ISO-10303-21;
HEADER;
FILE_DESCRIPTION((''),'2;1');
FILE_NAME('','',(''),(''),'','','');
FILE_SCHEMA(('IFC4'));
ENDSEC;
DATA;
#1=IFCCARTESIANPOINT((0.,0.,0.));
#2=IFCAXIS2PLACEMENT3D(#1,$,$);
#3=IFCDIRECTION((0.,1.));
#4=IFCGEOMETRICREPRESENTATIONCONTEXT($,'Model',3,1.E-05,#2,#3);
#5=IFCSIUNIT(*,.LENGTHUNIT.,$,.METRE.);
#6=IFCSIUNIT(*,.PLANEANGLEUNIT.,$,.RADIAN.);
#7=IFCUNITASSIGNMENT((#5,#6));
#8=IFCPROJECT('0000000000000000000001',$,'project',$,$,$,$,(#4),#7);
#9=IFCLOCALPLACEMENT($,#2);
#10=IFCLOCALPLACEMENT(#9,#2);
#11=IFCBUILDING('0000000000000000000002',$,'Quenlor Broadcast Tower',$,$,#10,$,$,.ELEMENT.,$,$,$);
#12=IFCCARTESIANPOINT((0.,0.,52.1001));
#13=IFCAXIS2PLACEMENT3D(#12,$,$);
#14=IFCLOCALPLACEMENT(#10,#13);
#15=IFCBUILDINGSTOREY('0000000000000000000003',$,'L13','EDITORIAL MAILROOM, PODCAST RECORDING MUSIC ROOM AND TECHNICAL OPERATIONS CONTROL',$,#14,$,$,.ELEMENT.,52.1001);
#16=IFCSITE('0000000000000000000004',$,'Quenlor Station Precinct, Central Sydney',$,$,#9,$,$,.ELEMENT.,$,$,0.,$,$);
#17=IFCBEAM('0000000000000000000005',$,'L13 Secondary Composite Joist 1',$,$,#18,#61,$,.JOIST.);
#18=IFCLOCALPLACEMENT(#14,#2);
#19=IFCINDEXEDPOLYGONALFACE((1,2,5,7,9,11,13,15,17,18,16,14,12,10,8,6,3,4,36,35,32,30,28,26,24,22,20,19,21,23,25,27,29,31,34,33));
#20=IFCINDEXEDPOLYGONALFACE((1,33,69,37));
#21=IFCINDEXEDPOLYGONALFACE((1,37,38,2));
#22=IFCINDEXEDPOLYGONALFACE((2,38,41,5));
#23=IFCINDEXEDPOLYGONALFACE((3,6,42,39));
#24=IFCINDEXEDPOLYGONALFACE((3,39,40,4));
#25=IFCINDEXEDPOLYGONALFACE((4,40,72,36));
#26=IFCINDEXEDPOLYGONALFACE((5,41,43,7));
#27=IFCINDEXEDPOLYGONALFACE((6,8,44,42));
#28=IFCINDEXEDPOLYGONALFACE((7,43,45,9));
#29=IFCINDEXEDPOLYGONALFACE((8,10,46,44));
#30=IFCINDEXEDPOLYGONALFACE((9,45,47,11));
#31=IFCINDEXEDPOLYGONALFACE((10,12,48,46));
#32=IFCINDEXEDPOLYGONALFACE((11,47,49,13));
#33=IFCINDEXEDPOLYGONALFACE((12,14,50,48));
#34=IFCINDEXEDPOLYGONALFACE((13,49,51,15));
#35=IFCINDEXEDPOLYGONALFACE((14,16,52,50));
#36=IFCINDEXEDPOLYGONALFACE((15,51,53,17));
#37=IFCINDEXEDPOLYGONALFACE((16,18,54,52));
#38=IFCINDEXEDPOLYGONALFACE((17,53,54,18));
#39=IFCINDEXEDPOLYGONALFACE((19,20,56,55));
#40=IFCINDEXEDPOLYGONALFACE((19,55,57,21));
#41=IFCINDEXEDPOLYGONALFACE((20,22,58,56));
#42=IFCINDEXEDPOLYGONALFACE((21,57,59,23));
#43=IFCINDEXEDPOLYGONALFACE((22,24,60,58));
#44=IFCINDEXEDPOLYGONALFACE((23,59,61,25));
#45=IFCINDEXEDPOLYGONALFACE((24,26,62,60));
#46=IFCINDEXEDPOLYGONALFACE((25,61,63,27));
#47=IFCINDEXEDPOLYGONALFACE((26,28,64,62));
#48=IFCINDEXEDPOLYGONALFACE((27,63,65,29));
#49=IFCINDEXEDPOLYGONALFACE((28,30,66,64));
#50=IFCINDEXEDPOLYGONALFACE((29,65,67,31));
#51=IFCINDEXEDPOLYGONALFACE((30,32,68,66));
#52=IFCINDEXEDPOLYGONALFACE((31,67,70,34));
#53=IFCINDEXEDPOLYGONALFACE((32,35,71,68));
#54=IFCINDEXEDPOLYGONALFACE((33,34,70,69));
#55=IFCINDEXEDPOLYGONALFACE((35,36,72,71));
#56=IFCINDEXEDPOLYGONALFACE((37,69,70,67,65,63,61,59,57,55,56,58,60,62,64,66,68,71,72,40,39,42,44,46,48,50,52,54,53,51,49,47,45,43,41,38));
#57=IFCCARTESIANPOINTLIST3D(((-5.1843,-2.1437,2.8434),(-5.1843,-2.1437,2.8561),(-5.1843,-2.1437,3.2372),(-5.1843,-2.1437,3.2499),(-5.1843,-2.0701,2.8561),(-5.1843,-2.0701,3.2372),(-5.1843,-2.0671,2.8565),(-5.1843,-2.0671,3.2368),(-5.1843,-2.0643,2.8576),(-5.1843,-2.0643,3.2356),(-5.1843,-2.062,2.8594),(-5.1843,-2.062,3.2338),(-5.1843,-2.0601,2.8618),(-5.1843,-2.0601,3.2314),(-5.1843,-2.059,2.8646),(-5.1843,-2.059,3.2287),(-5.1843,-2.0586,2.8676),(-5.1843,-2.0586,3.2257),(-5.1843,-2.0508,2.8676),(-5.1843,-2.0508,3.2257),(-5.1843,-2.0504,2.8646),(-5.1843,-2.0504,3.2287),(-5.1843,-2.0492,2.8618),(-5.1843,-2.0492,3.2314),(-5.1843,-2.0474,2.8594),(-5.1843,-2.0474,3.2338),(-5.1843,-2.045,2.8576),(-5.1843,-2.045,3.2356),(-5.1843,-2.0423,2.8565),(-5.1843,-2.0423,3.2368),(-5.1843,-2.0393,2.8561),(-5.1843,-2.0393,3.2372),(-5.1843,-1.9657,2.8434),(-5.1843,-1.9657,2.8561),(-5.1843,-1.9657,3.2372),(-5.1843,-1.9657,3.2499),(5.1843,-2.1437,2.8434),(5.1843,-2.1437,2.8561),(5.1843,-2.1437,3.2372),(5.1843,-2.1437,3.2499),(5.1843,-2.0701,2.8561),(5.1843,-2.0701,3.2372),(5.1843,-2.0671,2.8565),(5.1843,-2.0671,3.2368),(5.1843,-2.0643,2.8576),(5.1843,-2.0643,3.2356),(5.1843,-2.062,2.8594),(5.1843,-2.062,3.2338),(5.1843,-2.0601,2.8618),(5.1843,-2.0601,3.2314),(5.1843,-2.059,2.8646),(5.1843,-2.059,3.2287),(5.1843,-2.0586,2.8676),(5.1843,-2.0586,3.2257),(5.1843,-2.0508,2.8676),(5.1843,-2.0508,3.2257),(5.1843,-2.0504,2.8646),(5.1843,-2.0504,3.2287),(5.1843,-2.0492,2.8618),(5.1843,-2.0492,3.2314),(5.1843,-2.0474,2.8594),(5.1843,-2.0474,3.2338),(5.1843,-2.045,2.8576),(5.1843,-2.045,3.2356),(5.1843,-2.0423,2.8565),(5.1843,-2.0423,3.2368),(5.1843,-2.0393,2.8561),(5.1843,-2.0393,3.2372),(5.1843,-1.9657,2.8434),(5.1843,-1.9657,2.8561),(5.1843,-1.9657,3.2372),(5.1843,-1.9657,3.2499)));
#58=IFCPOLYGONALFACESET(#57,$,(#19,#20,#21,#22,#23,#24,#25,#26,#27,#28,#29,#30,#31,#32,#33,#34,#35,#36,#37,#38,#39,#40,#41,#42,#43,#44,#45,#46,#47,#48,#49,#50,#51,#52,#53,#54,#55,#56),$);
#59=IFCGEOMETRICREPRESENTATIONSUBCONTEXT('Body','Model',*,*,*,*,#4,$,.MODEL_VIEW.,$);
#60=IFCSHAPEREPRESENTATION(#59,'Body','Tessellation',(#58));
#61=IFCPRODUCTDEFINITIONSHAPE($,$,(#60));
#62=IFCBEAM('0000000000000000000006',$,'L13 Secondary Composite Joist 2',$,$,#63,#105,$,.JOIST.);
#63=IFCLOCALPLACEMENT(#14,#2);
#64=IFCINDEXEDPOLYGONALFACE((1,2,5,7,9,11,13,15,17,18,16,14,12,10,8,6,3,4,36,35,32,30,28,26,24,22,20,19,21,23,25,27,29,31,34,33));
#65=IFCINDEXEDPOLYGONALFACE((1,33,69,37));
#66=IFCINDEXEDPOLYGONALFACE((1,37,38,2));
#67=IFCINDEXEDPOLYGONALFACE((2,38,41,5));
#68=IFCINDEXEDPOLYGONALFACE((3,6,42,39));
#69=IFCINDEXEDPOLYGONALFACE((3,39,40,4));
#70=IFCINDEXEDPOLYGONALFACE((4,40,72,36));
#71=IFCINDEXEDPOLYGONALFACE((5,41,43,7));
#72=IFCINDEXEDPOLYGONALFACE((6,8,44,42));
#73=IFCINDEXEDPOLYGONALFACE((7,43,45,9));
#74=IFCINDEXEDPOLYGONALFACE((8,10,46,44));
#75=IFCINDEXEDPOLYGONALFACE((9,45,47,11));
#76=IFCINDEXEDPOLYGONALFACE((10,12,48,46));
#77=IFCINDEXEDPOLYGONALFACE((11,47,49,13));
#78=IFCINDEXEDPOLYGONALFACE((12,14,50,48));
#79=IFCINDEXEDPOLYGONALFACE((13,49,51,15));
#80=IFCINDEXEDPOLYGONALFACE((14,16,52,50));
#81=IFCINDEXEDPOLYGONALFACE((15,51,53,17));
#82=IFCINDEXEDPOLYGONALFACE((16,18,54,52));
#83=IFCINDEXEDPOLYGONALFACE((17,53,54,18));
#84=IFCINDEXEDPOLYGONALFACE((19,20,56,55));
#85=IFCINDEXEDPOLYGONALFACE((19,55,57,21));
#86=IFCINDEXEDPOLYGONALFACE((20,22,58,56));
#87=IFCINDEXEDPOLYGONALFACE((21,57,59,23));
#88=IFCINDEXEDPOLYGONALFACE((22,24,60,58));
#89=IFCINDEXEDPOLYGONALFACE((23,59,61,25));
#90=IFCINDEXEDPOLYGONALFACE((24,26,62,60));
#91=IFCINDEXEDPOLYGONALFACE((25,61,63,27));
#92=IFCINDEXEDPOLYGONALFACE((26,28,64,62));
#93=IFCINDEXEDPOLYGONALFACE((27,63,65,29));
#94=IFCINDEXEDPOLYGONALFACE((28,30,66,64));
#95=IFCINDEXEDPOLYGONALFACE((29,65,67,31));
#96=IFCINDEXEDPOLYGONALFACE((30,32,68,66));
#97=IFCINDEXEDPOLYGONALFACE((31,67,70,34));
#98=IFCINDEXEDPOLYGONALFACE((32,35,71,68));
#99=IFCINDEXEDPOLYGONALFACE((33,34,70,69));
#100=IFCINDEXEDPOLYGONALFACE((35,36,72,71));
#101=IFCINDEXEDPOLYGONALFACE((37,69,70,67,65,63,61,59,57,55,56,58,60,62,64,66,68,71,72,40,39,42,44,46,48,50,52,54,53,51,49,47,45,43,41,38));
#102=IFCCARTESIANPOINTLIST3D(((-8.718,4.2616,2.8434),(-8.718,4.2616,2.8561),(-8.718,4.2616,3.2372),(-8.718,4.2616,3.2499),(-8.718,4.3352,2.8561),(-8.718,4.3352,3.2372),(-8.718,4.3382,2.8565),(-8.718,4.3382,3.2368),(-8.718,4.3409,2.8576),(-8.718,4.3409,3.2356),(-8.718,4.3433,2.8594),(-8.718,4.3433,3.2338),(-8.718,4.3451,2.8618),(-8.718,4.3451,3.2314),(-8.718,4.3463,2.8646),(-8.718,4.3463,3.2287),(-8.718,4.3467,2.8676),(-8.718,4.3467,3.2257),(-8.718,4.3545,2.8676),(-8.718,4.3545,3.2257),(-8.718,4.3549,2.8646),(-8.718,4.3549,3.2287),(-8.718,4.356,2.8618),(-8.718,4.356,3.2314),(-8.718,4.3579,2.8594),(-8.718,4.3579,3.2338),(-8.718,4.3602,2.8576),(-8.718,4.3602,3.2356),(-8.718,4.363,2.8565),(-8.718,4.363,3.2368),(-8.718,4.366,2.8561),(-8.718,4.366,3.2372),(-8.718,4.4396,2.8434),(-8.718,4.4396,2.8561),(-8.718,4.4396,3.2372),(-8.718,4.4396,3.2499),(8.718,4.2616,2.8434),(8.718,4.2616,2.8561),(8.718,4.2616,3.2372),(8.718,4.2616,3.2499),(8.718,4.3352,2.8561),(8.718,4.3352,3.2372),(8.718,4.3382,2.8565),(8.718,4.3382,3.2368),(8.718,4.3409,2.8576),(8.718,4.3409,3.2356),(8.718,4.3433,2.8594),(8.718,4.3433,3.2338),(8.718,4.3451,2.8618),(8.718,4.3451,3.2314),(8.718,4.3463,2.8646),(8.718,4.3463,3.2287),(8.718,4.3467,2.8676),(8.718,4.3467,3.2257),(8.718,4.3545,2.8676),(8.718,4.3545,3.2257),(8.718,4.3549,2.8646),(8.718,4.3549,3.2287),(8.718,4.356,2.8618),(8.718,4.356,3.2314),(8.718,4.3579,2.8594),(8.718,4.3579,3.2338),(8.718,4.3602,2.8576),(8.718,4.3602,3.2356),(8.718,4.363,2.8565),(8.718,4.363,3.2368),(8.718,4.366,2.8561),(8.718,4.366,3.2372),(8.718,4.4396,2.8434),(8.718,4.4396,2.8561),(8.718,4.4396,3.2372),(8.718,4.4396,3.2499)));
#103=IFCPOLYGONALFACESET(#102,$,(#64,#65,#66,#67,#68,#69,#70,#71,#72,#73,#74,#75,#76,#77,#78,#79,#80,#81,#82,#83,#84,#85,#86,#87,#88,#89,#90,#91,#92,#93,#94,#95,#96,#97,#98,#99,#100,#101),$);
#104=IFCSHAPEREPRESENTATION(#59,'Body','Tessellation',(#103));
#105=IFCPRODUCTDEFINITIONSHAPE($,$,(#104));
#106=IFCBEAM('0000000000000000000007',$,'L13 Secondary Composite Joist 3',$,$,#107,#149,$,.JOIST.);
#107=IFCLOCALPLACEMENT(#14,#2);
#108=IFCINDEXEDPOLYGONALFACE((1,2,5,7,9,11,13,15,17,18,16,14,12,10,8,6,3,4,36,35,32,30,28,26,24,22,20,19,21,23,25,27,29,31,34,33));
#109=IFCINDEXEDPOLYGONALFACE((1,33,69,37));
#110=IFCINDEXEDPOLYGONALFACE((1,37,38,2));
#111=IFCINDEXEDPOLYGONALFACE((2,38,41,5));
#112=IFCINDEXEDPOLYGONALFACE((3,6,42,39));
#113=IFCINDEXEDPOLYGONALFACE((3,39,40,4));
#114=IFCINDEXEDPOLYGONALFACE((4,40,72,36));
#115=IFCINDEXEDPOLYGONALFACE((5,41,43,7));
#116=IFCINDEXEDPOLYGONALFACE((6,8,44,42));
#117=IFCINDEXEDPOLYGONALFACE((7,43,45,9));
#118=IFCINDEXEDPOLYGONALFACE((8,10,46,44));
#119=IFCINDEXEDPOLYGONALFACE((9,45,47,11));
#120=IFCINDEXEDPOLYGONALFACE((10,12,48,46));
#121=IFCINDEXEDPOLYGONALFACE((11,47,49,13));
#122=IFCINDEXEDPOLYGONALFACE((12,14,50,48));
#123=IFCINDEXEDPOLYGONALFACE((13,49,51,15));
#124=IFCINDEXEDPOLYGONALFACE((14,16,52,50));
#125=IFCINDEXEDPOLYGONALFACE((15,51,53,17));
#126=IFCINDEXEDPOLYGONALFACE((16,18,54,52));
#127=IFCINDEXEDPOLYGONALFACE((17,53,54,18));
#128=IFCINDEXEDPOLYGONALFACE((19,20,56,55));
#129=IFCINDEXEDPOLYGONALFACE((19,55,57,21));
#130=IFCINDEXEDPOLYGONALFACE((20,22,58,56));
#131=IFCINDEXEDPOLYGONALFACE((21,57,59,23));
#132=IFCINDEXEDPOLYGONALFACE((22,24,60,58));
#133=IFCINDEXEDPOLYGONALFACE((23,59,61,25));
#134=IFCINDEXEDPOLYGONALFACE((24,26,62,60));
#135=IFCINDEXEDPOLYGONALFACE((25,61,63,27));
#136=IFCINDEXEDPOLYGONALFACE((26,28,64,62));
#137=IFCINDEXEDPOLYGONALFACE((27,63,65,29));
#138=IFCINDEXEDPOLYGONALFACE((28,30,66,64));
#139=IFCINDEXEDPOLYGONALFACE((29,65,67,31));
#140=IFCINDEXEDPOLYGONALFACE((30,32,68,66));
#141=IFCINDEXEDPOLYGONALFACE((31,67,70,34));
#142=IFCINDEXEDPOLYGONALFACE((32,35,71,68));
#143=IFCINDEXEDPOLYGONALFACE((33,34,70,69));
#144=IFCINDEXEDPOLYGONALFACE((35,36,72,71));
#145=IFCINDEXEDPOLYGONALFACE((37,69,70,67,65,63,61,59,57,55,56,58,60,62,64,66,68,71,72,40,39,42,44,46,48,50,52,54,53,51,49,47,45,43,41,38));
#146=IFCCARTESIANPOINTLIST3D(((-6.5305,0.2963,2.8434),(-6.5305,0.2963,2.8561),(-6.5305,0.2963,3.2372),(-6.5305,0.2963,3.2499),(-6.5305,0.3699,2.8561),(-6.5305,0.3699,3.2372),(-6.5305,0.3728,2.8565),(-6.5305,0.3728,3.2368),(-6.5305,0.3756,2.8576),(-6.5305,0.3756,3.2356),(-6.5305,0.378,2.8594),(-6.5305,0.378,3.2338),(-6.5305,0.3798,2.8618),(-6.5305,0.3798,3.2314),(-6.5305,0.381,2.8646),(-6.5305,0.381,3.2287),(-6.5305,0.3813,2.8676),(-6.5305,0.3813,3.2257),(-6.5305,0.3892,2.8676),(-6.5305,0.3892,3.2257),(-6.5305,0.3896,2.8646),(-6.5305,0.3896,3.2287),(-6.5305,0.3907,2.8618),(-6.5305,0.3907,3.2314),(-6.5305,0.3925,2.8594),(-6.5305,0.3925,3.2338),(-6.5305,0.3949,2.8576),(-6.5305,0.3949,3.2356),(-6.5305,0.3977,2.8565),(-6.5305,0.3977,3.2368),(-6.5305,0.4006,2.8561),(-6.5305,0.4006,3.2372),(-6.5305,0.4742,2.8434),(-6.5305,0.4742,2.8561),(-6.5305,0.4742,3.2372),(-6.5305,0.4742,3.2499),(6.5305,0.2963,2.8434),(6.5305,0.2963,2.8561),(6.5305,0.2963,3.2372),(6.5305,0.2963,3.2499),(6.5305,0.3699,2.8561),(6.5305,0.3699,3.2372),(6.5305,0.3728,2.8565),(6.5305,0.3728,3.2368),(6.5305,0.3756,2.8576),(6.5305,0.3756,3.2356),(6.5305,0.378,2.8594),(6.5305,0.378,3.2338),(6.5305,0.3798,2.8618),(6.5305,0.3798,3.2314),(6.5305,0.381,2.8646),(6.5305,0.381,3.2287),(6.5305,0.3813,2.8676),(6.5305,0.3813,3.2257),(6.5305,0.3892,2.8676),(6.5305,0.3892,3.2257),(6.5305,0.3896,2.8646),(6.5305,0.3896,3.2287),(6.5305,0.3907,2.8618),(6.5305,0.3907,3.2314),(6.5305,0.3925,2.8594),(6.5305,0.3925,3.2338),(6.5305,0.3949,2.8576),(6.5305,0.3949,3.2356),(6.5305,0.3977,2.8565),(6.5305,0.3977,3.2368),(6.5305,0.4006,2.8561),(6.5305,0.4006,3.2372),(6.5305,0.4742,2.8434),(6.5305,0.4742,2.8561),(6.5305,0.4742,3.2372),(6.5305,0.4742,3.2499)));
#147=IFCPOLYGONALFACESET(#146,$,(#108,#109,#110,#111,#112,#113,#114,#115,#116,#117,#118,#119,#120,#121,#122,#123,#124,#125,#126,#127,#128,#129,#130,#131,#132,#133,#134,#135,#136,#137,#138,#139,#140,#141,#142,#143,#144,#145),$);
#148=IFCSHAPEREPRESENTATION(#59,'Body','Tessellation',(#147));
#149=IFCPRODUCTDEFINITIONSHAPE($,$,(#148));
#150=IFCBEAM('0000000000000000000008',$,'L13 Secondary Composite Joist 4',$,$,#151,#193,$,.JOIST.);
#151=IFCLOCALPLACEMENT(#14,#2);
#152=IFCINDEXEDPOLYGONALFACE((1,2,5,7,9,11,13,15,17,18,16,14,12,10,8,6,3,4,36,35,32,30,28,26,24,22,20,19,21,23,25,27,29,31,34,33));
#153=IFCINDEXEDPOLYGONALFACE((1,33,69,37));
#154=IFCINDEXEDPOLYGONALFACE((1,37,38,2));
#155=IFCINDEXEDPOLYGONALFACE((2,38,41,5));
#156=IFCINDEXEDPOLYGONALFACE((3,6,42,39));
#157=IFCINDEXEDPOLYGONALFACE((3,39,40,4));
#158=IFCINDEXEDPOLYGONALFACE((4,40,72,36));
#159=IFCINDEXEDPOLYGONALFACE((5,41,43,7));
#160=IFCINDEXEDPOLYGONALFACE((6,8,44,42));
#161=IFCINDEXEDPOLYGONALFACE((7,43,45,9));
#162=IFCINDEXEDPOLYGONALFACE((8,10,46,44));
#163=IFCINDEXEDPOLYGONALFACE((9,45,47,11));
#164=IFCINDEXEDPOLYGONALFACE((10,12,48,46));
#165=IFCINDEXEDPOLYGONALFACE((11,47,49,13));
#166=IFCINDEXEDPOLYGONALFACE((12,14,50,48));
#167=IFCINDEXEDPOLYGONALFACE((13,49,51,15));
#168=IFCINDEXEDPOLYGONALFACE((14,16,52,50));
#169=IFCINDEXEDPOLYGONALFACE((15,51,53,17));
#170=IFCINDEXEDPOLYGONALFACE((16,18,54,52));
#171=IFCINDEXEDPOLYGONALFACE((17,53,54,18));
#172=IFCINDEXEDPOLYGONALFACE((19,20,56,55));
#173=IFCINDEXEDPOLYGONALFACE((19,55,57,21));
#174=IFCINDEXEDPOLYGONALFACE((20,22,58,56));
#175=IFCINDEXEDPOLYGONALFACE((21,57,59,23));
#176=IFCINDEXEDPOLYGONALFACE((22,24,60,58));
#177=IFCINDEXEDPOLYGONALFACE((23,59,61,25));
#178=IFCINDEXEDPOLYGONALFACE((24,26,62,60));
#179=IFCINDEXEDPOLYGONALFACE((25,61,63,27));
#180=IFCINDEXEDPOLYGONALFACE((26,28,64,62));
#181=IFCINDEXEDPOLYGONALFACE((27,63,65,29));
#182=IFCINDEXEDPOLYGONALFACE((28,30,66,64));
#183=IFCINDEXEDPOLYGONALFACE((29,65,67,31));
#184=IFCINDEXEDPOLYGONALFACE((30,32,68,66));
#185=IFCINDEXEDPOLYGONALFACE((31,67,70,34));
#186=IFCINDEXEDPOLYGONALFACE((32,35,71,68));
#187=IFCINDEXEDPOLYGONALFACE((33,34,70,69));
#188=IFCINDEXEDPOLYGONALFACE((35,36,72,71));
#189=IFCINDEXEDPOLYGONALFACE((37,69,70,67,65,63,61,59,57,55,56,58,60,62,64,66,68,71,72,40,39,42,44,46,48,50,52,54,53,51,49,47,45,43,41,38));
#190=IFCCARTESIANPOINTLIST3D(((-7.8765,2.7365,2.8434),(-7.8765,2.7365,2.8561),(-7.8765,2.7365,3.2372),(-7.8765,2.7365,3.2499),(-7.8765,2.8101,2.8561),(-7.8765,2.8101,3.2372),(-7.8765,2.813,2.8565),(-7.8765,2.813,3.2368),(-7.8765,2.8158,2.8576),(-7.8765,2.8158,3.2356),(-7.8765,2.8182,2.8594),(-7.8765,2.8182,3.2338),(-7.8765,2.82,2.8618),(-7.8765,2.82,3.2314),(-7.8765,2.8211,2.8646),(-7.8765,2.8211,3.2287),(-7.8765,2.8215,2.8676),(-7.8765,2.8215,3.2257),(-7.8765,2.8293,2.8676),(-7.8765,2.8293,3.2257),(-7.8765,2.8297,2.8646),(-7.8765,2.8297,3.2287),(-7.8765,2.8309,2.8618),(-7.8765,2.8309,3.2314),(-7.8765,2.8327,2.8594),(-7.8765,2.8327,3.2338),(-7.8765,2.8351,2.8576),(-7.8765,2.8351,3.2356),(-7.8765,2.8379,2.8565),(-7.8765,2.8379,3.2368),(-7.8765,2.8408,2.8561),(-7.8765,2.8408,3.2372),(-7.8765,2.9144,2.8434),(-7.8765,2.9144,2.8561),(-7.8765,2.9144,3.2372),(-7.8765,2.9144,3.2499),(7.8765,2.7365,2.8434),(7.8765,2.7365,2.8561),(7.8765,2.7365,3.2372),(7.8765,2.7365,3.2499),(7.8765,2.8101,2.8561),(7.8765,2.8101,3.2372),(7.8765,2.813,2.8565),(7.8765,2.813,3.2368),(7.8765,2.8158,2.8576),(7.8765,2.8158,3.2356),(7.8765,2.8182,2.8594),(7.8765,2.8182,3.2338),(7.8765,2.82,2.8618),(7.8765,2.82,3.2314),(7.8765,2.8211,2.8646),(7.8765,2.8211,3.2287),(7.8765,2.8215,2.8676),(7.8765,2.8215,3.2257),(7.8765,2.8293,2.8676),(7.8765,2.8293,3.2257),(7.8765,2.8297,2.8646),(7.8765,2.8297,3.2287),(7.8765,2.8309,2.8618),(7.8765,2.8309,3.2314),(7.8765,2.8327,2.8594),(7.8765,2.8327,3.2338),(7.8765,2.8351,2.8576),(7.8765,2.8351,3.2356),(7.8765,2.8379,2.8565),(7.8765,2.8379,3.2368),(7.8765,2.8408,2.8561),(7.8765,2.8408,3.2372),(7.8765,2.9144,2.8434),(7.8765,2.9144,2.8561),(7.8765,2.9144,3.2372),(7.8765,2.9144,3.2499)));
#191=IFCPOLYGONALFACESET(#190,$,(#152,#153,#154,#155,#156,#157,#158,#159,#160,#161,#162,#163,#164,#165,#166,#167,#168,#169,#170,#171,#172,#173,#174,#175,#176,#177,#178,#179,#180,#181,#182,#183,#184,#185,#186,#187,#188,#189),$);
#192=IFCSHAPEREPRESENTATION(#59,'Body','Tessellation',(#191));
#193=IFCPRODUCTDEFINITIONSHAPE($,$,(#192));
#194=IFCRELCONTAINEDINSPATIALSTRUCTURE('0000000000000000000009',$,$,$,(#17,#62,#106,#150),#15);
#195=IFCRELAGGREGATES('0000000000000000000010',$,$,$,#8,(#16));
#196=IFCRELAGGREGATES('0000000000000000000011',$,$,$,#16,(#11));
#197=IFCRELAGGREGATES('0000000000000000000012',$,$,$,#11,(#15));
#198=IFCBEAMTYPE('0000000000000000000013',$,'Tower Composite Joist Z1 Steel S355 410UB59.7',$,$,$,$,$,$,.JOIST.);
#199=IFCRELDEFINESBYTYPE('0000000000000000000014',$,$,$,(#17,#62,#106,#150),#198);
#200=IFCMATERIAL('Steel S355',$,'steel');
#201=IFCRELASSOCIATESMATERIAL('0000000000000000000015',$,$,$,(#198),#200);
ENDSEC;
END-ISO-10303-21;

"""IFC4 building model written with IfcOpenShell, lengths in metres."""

from ifc_helpers import new_model, si_unit, direction, frame, origin, origin_2d, place, context, subcontext, project, spatial, i_section, extrude, material, material_profile, profile_set, type_object, element, save


model = new_model("IFC4")

# Units and contexts
model_context = context("Model", 3, precision=1e-05, world=origin(), true_north=direction((0.0, 1.0)))
body_context = subcontext(model_context, "Body", "Model", "MODEL_VIEW")
ifc_project = project(units=[si_unit("LENGTHUNIT", "METRE"), si_unit("PLANEANGLEUNIT", "RADIAN")], contexts=[model_context])

# Site, building, storey
site_placement = place(None, origin())
site = spatial("IfcSite", under=ifc_project, at=site_placement, Name="Quenlor Station Precinct, Central Sydney", CompositionType="ELEMENT", RefElevation=0.0)
building_placement = place(site_placement, origin())
building = spatial("IfcBuilding", under=site, at=building_placement, Name="Quenlor Broadcast Tower", CompositionType="ELEMENT")
storey_placement = place(building_placement, frame((0.0, 0.0, 52.1001)))
storey = spatial("IfcBuildingStorey", under=building, at=storey_placement, Name="L13", Description="EDITORIAL MAILROOM, PODCAST RECORDING MUSIC ROOM AND TECHNICAL OPERATIONS CONTROL", CompositionType="ELEMENT", Elevation=52.1001)

# Beams
ifc_material_1 = material(Name="Steel S355", Category="steel")
ifc_material_profile = material_profile(ifc_material_1, i_section(OverallWidth=0.178, OverallDepth=0.4065, WebThickness=0.0078, FlangeThickness=0.0127, FilletRadius=0.0115, at=origin_2d()))
ifc_profile_set = profile_set([ifc_material_profile], Name="Steel S355 410UB59.7")
beam_type = type_object("IfcBeamType", Name="Tower Composite Joist Z1 Steel S355 410UB59.7", PredefinedType="JOIST", material=ifc_profile_set)
beam_1_placement = place(storey_placement, frame((-5.1843, -2.0547, 3.0466), z_axis=(1.0, 0.0, 0.0), x_axis=(0.0, 1.0, 0.0)))
element("IfcBeam", 1, at=beam_1_placement, inside=storey, type_object=beam_type, Name="L13 Secondary Composite Joist 1", PredefinedType="JOIST", context=body_context, shape_type="SweptSolid", body=[
    extrude(i_section(OverallWidth=0.178, OverallDepth=0.4065, WebThickness=0.0078, FlangeThickness=0.0127, FilletRadius=0.0115, at=origin_2d()), origin(), (0.0, 0.0, 1.0), 10.3687),
])
beam_2_placement = place(storey_placement, frame((-8.718, 4.3506, 3.0466), z_axis=(1.0, 0.0, 0.0), x_axis=(0.0, 1.0, 0.0)))
element("IfcBeam", 2, at=beam_2_placement, inside=storey, type_object=beam_type, Name="L13 Secondary Composite Joist 2", PredefinedType="JOIST", context=body_context, shape_type="SweptSolid", body=[
    extrude(i_section(OverallWidth=0.178, OverallDepth=0.4065, WebThickness=0.0078, FlangeThickness=0.0127, FilletRadius=0.0115, at=origin_2d()), origin(), (0.0, 0.0, 1.0), 17.436),
])
beam_3_placement = place(storey_placement, frame((-6.5305, 0.3853, 3.0466), z_axis=(1.0, 0.0, 0.0), x_axis=(0.0, 1.0, 0.0)))
element("IfcBeam", 3, at=beam_3_placement, inside=storey, type_object=beam_type, Name="L13 Secondary Composite Joist 3", PredefinedType="JOIST", context=body_context, shape_type="SweptSolid", body=[
    extrude(i_section(OverallWidth=0.178, OverallDepth=0.4065, WebThickness=0.0078, FlangeThickness=0.0127, FilletRadius=0.0115, at=origin_2d()), origin(), (0.0, 0.0, 1.0), 13.061),
])
beam_4_placement = place(storey_placement, frame((-7.8765, 2.8254, 3.0466), z_axis=(1.0, 0.0, 0.0), x_axis=(0.0, 1.0, 0.0)))
element("IfcBeam", 4, at=beam_4_placement, inside=storey, type_object=beam_type, Name="L13 Secondary Composite Joist 4", PredefinedType="JOIST", context=body_context, shape_type="SweptSolid", body=[
    extrude(i_section(OverallWidth=0.178, OverallDepth=0.4065, WebThickness=0.0078, FlangeThickness=0.0127, FilletRadius=0.0115, at=origin_2d()), origin(), (0.0, 0.0, 1.0), 15.7529),
])

save(model, "model.ifc")
